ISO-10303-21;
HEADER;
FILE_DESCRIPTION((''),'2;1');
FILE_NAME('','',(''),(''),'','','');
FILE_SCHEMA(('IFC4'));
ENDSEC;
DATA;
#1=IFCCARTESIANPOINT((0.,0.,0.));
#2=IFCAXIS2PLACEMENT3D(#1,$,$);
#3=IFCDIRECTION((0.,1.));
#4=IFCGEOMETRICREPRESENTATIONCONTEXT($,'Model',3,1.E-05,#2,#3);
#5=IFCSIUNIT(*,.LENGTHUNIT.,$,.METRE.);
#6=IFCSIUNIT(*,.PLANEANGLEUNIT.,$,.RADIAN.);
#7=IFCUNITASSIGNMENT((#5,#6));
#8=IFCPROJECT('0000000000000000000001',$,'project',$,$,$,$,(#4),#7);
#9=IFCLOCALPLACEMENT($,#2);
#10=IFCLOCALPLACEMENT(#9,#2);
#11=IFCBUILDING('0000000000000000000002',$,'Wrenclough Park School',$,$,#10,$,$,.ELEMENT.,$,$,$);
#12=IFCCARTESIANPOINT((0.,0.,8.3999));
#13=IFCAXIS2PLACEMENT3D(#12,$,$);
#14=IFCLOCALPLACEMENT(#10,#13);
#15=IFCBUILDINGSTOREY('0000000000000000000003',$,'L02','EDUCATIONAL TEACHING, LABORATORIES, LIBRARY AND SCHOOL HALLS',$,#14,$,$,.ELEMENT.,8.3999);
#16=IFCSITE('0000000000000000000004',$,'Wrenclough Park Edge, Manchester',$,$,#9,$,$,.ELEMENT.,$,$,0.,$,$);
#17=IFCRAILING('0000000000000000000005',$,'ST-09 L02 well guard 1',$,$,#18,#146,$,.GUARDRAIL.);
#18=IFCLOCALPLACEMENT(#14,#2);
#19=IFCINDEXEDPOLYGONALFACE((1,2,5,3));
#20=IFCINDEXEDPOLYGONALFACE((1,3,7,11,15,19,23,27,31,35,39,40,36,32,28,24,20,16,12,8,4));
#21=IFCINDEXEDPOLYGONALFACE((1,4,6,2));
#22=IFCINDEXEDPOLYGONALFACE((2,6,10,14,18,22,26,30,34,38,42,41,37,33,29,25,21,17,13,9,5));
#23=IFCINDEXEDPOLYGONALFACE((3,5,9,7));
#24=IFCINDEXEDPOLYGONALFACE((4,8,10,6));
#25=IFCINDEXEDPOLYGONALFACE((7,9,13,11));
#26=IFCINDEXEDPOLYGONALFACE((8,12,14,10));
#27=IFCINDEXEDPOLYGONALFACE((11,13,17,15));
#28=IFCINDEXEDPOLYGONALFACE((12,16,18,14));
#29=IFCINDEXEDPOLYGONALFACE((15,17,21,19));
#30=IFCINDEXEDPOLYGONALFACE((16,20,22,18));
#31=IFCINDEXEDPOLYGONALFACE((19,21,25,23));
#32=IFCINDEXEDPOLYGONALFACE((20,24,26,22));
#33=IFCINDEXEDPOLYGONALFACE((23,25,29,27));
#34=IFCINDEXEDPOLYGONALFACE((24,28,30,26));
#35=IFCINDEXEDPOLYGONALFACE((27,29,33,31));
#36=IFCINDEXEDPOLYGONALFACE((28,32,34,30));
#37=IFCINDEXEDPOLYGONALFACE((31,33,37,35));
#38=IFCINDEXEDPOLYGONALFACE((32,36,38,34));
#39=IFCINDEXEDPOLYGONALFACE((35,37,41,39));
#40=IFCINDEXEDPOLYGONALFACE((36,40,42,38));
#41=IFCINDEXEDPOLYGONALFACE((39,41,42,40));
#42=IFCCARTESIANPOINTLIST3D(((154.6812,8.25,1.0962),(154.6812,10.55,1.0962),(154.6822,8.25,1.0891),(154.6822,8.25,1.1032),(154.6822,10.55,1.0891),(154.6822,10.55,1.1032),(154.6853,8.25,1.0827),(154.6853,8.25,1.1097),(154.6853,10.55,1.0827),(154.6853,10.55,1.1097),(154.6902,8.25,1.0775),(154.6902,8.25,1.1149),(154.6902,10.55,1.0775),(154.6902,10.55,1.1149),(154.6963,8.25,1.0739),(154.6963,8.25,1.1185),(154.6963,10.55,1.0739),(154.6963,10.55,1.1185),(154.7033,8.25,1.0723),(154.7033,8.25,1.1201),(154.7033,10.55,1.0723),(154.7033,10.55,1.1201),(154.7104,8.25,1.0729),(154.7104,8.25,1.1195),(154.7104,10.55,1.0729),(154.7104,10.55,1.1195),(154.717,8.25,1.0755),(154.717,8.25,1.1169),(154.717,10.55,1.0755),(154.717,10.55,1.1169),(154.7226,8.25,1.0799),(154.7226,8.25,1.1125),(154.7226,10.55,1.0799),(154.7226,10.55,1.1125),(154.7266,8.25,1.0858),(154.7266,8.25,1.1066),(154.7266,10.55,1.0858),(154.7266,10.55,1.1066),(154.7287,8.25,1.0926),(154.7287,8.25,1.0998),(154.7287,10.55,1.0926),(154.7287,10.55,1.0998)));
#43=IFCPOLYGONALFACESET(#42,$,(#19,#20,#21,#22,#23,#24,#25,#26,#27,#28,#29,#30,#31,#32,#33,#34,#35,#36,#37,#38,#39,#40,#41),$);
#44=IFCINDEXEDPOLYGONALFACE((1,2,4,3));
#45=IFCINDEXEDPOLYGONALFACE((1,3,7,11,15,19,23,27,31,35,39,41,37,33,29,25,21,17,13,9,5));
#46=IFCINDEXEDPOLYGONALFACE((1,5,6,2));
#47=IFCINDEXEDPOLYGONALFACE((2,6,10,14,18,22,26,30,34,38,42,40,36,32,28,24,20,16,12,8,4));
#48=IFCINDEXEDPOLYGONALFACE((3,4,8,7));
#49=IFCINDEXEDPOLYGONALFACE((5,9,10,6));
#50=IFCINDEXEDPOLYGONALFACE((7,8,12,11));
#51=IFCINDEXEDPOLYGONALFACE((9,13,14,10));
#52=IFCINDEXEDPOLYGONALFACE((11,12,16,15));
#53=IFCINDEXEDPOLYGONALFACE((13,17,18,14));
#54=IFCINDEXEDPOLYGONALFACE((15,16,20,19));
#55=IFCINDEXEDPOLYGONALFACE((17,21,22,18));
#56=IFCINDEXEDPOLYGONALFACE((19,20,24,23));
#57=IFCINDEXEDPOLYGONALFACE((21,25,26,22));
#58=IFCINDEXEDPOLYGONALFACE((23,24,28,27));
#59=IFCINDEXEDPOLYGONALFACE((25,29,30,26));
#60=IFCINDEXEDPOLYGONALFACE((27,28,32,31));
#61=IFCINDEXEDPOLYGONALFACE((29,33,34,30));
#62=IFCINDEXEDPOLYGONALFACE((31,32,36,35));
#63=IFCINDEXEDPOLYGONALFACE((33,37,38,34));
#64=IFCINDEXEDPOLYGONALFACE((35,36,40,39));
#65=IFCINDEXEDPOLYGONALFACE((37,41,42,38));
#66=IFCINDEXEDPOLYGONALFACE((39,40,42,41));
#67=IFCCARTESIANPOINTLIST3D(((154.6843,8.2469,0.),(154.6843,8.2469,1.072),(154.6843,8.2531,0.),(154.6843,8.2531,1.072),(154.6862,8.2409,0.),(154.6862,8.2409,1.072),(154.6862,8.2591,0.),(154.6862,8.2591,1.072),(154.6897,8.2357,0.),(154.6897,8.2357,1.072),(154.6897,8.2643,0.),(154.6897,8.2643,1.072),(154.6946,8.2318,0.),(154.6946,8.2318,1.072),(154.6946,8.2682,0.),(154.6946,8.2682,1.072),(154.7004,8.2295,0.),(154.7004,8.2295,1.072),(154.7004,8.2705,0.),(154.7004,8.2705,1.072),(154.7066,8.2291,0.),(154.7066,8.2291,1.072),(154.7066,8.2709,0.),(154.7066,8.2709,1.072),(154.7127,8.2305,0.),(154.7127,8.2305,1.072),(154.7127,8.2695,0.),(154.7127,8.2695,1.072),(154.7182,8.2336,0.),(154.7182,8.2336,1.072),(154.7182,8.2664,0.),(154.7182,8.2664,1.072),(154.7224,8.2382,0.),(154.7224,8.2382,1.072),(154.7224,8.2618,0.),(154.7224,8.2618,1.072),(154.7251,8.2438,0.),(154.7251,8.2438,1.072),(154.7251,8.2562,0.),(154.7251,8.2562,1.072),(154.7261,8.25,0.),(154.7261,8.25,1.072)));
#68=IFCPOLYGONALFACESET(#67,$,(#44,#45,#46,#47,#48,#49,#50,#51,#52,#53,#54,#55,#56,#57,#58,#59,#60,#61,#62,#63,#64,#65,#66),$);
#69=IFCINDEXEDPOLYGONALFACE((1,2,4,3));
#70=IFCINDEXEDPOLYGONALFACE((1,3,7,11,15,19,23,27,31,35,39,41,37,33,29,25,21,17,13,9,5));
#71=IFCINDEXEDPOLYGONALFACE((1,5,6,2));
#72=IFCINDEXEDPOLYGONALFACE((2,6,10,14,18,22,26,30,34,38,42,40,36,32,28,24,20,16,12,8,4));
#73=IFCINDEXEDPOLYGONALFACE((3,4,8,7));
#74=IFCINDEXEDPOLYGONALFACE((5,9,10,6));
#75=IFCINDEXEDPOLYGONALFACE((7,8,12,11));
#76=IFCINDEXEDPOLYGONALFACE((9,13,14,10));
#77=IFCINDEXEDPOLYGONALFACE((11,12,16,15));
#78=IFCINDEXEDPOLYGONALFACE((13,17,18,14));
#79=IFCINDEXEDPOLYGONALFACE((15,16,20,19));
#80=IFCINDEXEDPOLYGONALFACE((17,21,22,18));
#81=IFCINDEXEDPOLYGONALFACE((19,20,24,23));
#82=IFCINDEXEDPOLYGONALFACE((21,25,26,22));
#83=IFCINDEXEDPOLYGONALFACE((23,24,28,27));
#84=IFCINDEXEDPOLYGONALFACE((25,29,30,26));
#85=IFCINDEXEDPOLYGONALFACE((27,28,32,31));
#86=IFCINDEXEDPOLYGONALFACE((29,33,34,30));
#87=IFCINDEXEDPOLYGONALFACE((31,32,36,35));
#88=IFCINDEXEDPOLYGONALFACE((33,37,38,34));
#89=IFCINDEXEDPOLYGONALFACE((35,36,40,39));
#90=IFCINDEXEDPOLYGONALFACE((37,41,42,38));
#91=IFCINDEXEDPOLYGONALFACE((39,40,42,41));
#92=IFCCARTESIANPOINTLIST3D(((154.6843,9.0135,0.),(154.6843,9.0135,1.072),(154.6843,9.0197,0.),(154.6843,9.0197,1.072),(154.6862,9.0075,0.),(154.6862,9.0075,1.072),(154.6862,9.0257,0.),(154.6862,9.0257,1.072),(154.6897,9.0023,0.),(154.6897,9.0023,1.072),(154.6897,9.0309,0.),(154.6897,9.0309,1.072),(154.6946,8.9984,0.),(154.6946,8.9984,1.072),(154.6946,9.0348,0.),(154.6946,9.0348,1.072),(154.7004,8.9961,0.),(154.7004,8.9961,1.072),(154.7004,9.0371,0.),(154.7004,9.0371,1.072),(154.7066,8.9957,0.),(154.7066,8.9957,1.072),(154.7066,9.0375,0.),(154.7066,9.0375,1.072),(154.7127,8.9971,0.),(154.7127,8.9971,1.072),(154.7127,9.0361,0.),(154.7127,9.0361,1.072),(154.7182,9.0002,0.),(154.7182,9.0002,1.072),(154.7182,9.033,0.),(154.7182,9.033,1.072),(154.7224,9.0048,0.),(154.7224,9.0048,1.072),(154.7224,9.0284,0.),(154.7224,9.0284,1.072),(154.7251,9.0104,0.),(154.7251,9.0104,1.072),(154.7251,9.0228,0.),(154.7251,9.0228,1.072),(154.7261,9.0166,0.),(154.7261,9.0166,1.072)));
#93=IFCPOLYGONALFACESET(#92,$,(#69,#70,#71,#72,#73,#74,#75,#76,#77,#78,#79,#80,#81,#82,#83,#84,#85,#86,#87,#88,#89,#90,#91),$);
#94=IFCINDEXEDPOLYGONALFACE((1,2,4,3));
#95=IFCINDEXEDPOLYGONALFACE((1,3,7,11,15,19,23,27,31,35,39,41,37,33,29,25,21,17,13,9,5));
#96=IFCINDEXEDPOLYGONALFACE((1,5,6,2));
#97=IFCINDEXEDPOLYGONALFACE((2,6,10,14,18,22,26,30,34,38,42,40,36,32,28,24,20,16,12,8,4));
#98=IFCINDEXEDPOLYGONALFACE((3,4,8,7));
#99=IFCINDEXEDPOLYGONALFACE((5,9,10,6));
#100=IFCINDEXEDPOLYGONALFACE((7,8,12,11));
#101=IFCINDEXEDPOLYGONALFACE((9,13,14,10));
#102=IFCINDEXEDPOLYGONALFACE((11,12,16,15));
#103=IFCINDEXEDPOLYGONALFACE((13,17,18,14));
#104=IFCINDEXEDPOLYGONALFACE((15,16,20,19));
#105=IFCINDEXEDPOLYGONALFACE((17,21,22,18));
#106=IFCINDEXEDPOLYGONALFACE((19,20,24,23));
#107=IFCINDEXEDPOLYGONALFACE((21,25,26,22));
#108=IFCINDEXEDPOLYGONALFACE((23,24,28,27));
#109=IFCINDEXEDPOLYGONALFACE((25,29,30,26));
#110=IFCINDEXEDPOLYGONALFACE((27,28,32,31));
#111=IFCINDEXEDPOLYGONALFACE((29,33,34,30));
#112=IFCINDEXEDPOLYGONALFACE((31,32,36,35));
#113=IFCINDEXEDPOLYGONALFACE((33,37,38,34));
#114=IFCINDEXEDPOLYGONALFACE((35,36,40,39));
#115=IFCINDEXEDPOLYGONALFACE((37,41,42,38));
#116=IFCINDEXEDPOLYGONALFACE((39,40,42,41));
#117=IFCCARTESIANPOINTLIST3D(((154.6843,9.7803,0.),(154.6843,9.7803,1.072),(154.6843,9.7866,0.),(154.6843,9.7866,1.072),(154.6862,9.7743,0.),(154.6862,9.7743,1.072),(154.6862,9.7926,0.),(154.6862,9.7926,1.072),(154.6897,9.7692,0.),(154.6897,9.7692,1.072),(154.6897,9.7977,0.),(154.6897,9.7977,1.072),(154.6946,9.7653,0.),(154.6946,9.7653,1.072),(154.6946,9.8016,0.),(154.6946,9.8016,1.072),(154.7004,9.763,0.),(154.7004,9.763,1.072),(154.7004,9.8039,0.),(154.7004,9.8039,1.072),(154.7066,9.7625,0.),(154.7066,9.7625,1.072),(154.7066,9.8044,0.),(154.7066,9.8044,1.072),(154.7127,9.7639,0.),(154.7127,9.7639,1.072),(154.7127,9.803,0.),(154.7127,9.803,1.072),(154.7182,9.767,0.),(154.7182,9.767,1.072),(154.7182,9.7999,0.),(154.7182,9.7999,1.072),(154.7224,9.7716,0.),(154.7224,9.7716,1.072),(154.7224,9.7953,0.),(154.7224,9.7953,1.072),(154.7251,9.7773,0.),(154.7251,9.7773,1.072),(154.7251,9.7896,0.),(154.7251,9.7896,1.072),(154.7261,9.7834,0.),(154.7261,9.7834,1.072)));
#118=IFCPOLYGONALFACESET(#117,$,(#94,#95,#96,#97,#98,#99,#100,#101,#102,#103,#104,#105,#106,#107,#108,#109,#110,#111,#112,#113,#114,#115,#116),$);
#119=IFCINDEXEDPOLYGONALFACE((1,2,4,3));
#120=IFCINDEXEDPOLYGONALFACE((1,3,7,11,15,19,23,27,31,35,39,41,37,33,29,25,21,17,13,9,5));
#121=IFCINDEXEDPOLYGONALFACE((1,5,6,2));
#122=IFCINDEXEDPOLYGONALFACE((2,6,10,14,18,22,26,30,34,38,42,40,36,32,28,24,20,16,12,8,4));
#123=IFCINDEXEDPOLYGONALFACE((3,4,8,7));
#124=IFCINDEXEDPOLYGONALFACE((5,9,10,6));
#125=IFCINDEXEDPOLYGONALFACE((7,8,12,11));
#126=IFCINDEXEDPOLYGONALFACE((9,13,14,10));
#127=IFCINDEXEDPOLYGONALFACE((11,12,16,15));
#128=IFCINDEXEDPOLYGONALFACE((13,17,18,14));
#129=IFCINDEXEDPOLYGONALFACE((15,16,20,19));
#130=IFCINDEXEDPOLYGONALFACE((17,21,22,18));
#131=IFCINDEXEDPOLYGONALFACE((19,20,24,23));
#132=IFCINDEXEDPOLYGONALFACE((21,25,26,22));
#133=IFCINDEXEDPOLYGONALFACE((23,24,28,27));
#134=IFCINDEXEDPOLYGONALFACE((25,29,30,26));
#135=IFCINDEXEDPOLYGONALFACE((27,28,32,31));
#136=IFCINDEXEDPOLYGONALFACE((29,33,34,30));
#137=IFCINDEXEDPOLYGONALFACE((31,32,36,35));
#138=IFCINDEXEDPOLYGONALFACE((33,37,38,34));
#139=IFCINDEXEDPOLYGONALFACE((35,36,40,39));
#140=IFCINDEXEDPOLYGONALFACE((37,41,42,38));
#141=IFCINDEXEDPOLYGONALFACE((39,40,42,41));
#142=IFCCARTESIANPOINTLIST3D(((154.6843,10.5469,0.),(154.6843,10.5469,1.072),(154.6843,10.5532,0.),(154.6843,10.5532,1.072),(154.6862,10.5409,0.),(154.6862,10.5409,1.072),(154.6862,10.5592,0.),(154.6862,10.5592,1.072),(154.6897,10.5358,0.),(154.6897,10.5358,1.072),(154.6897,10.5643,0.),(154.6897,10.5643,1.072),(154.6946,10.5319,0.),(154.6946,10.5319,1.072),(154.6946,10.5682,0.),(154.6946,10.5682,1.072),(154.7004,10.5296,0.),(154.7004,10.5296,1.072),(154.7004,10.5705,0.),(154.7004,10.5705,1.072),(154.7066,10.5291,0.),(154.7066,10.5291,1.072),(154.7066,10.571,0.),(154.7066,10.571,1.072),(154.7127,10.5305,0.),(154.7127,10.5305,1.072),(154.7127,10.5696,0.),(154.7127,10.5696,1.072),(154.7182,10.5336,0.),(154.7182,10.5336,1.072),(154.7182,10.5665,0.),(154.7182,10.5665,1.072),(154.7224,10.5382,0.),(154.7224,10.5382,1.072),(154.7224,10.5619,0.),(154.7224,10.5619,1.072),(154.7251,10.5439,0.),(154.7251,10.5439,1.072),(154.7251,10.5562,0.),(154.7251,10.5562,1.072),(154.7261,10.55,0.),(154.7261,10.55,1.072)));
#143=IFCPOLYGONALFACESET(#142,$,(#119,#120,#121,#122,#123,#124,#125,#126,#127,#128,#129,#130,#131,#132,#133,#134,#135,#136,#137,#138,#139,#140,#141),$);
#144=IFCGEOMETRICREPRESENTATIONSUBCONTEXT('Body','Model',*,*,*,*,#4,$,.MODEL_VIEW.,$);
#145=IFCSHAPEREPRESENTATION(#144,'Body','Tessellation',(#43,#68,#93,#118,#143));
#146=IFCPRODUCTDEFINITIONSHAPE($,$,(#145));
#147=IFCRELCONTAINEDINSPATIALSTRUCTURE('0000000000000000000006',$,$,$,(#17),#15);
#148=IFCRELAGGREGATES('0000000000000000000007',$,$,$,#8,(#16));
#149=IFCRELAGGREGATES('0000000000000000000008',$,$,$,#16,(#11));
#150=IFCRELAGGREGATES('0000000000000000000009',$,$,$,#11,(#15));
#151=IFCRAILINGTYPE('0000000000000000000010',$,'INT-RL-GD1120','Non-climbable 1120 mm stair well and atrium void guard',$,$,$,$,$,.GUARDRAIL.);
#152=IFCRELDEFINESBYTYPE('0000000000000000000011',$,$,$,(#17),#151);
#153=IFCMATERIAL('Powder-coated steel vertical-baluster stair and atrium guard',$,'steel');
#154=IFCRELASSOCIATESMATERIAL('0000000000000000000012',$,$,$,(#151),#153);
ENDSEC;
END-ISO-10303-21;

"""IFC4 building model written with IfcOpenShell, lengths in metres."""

from ifc_helpers import new_model, si_unit, direction, frame, origin, origin_2d, place, context, subcontext, project, spatial, circle, extrude, material, type_object, element, save


model = new_model("IFC4")

# Units and contexts
model_context = context("Model", 3, precision=1e-05, world=origin(), true_north=direction((0.0, 1.0)))
body_context = subcontext(model_context, "Body", "Model", "MODEL_VIEW")
ifc_project = project(units=[si_unit("LENGTHUNIT", "METRE"), si_unit("PLANEANGLEUNIT", "RADIAN")], contexts=[model_context])

# Site, building, storey
site_placement = place(None, origin())
site = spatial("IfcSite", under=ifc_project, at=site_placement, Name="Wrenclough Park Edge, Manchester", CompositionType="ELEMENT", RefElevation=0.0)
building_placement = place(site_placement, origin())
building = spatial("IfcBuilding", under=site, at=building_placement, Name="Wrenclough Park School", CompositionType="ELEMENT")
storey_placement = place(building_placement, frame((0.0, 0.0, 8.3999)))
storey = spatial("IfcBuildingStorey", under=building, at=storey_placement, Name="L02", Description="EDUCATIONAL TEACHING, LABORATORIES, LIBRARY AND SCHOOL HALLS", CompositionType="ELEMENT", Elevation=8.3999)

# Railing
ifc_material_1 = material(Name="Powder-coated steel vertical-baluster stair and atrium guard", Category="steel")
railing_type_1 = type_object("IfcRailingType", Name="INT-RL-GD1120", Description="Non-climbable 1120 mm stair well and atrium void guard", PredefinedType="GUARDRAIL", material=ifc_material_1)
railing_1_placement = place(storey_placement, frame((154.7051, 8.25, 0.0)))
element("IfcRailing", 1, at=railing_1_placement, inside=storey, type_object=railing_type_1, Name="ST-09 L02 well guard 1", PredefinedType="GUARDRAIL", context=body_context, shape_type="SweptSolid", body=[
    extrude(circle(Radius=0.0239, at=origin_2d()), frame((0.0, 0.0, 1.0962), z_axis=(0.0, 1.0, 0.0), x_axis=(-1.0, 0.0, 0.0)), (0.0, 0.0, 1.0), 2.3),
    extrude(circle(Radius=0.021, at=origin_2d()), origin(), (0.0, 0.0, 1.0), 1.072),
    extrude(circle(Radius=0.021, at=origin_2d()), frame((0.0, 0.7666, 0.0)), (0.0, 0.0, 1.0), 1.072),
    extrude(circle(Radius=0.021, at=origin_2d()), frame((0.0, 1.5334, 0.0)), (0.0, 0.0, 1.0), 1.072),
    extrude(circle(Radius=0.021, at=origin_2d()), frame((0.0, 2.3, 0.0)), (0.0, 0.0, 1.0), 1.072),
])

save(model, "model.ifc")
